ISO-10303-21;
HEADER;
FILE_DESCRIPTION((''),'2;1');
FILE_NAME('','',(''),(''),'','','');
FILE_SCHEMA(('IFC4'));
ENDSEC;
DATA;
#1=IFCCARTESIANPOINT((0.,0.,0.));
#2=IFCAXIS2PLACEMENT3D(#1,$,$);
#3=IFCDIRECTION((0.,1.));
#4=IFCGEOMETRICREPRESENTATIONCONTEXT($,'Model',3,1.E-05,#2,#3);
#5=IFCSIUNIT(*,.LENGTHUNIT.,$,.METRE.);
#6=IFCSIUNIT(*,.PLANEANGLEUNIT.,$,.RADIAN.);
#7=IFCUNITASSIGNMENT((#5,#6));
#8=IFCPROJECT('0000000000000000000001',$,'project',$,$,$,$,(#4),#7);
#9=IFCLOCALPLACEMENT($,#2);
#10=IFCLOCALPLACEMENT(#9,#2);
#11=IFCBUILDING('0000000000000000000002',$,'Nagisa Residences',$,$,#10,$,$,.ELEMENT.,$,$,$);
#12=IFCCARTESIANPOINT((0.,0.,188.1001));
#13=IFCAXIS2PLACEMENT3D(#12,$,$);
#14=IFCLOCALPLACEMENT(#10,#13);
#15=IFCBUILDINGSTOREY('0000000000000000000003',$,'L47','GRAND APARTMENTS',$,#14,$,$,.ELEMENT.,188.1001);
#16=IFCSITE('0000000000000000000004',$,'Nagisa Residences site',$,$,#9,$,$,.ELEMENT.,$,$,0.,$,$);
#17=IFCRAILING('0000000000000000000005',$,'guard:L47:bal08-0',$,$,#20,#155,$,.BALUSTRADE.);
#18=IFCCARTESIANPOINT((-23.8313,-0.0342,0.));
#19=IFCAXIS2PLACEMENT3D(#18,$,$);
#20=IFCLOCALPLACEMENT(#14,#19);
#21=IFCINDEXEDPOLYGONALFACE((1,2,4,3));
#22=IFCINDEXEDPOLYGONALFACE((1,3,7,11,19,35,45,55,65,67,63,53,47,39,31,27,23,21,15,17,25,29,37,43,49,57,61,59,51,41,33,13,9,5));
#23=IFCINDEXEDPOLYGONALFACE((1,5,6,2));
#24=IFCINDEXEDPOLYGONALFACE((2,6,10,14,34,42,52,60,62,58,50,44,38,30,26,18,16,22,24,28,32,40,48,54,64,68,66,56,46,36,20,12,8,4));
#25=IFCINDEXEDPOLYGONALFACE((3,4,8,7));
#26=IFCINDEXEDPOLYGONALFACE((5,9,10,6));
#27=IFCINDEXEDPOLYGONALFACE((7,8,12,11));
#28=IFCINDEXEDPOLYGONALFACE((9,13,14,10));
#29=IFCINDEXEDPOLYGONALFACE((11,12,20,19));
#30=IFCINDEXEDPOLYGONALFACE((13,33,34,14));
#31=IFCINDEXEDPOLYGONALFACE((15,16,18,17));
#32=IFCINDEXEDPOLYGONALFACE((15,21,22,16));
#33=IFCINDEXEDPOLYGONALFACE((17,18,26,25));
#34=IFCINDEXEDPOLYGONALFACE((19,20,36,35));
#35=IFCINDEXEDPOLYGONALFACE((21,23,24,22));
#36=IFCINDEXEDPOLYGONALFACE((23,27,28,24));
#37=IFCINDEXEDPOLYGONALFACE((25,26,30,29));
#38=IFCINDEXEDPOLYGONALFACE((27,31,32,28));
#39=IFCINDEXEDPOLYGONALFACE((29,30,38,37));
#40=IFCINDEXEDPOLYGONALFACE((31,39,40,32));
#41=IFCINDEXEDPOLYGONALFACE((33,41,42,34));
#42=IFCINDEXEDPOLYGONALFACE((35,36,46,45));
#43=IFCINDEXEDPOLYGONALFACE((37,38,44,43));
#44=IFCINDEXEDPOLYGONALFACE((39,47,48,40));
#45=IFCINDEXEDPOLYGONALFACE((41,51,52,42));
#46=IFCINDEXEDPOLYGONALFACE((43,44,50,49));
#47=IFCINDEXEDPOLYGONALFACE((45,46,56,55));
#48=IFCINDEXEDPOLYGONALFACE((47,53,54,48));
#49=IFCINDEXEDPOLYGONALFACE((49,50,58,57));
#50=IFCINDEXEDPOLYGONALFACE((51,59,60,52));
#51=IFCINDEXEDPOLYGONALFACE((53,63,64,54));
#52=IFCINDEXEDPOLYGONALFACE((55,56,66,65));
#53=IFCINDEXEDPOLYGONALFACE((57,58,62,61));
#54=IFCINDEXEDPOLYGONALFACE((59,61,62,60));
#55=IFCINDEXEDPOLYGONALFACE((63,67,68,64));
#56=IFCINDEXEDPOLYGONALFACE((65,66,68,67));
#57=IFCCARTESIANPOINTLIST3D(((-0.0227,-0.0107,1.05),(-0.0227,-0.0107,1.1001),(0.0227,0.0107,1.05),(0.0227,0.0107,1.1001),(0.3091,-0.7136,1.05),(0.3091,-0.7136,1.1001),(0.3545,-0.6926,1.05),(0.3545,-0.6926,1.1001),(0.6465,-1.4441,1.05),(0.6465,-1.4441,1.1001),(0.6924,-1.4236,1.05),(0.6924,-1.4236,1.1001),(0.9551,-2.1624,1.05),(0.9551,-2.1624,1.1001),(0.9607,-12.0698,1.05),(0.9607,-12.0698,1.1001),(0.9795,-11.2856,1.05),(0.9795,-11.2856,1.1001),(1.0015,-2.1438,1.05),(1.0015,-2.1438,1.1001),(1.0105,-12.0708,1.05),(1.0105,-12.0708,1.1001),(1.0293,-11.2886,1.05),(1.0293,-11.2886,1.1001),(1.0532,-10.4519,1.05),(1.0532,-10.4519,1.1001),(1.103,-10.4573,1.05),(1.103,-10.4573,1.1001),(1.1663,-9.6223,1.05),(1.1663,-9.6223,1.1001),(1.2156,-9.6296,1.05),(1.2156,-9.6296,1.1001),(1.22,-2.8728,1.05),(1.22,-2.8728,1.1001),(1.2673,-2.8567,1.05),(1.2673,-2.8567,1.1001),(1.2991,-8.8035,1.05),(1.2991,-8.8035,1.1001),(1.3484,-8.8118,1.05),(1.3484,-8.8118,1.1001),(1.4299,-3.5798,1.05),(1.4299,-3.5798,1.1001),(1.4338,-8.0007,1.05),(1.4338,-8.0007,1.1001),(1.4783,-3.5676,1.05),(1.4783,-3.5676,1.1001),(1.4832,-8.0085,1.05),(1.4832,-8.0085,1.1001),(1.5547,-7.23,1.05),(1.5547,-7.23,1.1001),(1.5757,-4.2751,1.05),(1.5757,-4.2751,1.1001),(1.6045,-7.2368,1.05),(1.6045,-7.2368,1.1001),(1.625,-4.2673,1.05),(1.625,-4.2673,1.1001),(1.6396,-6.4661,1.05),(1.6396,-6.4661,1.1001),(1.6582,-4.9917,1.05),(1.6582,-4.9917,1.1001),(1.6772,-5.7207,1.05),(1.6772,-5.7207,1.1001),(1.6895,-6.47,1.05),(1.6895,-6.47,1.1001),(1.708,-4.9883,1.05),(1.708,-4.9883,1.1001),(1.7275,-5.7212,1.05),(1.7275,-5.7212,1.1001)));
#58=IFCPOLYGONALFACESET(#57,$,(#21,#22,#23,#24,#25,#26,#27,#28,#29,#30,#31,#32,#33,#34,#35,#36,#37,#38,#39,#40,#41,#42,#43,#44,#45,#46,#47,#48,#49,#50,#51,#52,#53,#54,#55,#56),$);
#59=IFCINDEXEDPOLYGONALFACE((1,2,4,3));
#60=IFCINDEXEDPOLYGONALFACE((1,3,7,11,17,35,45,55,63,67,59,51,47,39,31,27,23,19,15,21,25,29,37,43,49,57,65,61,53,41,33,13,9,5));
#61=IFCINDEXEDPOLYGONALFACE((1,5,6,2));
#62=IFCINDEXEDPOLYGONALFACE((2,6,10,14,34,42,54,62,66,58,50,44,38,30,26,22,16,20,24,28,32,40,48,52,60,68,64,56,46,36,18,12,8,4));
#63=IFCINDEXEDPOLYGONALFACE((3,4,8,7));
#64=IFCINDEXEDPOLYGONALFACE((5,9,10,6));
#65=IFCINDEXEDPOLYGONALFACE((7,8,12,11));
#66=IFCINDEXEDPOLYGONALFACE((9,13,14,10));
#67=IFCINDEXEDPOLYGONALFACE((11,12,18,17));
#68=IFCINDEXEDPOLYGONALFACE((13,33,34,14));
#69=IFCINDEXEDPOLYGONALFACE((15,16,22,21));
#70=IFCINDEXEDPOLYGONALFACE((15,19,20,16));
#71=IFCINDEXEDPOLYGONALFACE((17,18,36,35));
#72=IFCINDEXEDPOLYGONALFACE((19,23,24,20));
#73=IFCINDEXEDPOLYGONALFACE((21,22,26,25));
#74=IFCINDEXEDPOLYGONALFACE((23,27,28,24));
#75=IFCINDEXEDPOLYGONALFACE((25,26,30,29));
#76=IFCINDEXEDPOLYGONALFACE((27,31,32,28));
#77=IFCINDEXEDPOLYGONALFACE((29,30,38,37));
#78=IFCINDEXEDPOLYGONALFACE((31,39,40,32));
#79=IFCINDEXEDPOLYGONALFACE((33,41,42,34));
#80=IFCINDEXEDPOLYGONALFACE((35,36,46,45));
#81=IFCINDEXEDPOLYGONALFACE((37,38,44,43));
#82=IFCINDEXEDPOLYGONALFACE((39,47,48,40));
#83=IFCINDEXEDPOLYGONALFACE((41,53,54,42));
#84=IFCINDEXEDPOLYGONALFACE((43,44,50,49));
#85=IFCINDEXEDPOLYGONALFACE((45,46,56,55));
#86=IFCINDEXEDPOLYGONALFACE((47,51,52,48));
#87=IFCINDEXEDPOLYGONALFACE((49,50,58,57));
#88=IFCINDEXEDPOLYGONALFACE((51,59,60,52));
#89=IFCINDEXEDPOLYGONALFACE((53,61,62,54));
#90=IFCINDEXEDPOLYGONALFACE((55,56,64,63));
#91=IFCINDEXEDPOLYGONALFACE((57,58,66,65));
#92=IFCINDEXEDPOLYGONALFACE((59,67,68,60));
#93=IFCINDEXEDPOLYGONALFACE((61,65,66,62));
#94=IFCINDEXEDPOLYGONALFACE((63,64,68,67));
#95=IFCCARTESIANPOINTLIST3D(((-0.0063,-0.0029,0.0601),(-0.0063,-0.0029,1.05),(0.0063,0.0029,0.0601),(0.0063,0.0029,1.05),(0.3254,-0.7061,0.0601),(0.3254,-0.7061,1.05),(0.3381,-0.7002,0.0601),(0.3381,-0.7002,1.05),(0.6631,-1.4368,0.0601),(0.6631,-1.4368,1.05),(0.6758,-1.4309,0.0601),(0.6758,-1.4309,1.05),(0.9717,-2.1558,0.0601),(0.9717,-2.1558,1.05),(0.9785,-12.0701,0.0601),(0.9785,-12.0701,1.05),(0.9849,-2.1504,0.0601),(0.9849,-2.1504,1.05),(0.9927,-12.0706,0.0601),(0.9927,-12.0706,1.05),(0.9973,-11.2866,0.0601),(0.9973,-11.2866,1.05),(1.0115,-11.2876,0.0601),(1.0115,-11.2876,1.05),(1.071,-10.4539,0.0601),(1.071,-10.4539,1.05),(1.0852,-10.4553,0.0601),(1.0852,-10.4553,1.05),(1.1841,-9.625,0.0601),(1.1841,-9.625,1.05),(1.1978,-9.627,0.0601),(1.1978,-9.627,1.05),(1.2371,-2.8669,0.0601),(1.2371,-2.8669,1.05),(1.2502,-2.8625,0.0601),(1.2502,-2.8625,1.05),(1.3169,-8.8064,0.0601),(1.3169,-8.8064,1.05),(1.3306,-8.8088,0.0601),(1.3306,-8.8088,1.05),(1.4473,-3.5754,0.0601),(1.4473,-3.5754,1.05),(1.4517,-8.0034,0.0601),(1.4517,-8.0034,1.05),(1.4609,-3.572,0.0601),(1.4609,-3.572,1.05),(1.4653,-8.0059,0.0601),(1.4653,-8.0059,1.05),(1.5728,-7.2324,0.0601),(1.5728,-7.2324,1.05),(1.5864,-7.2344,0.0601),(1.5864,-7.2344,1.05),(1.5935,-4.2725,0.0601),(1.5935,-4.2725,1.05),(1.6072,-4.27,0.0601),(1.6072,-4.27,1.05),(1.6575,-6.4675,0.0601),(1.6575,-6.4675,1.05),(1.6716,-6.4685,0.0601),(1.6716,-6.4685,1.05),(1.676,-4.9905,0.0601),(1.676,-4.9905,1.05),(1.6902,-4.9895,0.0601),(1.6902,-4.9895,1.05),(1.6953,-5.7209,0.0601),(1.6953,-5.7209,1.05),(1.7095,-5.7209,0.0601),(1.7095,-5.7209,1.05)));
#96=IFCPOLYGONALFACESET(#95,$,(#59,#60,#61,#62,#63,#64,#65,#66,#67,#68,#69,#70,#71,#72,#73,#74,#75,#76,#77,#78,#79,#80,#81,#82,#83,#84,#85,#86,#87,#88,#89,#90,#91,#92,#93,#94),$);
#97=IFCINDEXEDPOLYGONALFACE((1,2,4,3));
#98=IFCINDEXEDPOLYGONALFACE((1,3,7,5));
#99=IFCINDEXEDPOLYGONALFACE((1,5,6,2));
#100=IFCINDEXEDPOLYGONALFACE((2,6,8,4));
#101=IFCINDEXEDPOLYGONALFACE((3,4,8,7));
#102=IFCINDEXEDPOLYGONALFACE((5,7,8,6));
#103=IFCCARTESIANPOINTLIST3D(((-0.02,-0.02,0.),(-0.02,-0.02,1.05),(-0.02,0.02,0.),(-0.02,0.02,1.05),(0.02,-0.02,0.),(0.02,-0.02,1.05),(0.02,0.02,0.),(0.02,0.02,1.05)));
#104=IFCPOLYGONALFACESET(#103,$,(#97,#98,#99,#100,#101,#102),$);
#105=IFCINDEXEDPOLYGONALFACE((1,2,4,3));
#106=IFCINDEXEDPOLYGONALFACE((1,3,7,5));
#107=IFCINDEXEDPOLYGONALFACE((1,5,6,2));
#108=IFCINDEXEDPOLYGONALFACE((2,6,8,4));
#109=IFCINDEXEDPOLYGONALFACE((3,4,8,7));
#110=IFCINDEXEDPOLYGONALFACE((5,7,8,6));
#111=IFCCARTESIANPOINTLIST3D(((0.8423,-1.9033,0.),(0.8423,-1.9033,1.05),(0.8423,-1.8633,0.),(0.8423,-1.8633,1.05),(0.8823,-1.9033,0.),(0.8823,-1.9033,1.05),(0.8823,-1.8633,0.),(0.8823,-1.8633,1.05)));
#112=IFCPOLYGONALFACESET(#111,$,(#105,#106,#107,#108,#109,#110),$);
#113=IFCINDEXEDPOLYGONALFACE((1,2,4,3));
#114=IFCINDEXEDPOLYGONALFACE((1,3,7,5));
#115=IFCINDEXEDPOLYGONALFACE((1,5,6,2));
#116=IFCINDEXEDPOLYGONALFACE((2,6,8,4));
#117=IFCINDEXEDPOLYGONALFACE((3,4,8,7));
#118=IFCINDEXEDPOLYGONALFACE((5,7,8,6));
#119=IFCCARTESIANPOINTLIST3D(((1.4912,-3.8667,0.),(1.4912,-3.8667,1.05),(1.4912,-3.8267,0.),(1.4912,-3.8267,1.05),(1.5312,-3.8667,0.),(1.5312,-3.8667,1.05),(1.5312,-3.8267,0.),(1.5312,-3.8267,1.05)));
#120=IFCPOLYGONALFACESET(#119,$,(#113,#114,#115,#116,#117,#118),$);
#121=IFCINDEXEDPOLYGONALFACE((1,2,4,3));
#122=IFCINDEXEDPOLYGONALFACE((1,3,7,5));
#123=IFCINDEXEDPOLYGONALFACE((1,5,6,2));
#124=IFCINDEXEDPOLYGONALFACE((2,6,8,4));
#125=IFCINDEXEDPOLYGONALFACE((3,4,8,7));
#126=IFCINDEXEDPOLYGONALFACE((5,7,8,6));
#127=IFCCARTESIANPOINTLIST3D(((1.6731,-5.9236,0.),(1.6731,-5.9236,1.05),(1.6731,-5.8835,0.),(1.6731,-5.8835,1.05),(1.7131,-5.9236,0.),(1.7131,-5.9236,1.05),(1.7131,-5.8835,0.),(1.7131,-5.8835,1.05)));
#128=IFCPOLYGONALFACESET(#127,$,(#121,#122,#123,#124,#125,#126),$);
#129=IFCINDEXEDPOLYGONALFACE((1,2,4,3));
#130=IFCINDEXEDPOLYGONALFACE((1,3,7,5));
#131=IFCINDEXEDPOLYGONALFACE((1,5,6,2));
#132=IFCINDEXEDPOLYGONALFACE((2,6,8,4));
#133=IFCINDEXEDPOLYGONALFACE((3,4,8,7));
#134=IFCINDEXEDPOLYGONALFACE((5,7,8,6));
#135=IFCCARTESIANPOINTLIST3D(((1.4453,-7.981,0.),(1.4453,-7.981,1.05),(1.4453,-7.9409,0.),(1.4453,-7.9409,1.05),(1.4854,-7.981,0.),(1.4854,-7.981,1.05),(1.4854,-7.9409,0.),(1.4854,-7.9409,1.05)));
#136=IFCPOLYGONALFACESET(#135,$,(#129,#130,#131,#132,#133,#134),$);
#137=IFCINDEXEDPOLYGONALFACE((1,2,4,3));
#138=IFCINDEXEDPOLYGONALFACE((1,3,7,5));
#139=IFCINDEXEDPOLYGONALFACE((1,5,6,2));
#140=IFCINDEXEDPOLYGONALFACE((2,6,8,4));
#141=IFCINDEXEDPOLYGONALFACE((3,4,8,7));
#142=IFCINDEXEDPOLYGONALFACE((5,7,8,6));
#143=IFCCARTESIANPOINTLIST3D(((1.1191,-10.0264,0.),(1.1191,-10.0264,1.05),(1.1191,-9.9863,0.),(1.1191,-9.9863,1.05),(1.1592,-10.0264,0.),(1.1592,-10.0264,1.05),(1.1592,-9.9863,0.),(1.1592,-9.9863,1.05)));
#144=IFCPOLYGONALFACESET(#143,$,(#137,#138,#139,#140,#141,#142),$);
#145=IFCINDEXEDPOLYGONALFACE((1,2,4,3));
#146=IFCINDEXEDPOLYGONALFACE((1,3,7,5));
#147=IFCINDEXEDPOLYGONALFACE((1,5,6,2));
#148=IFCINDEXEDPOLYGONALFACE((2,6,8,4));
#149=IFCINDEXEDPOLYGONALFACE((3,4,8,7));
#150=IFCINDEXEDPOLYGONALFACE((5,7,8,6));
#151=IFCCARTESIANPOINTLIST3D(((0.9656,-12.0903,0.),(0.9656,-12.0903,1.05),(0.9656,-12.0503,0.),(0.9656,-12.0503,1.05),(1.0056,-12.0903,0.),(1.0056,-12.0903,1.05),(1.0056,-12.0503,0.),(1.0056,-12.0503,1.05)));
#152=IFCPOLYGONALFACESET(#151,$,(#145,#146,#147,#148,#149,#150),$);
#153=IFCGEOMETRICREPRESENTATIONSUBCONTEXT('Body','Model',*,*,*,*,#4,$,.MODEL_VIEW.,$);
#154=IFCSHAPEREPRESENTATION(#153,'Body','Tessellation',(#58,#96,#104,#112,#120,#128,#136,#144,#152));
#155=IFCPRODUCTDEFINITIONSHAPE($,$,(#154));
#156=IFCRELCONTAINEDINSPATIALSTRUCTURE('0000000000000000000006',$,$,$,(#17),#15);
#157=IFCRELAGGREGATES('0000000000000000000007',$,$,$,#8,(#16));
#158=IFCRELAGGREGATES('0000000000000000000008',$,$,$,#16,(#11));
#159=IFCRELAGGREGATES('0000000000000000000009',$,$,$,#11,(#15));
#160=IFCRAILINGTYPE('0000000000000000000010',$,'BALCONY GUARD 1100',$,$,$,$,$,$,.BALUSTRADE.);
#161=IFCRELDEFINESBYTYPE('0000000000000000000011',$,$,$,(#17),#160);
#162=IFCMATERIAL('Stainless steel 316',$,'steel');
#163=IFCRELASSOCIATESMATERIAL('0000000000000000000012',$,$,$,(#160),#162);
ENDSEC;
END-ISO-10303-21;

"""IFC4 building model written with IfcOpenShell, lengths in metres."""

from ifc_helpers import new_model, si_unit, direction, frame, origin, origin_2d, place, context, subcontext, project, spatial, polyline, rectangle, outline, extrude, material, type_object, element, save


model = new_model("IFC4")

# Units and contexts
model_context = context("Model", 3, precision=1e-05, world=origin(), true_north=direction((0.0, 1.0)))
body_context = subcontext(model_context, "Body", "Model", "MODEL_VIEW")
ifc_project = project(units=[si_unit("LENGTHUNIT", "METRE"), si_unit("PLANEANGLEUNIT", "RADIAN")], contexts=[model_context])

# Site, building, storey
site_placement = place(None, origin())
site = spatial("IfcSite", under=ifc_project, at=site_placement, Name="Nagisa Residences site", CompositionType="ELEMENT", RefElevation=0.0)
building_placement = place(site_placement, origin())
building = spatial("IfcBuilding", under=site, at=building_placement, Name="Nagisa Residences", CompositionType="ELEMENT")
storey_placement = place(building_placement, frame((0.0, 0.0, 188.1001)))
storey = spatial("IfcBuildingStorey", under=building, at=storey_placement, Name="L47", Description="GRAND APARTMENTS", CompositionType="ELEMENT", Elevation=188.1001)

# Railing
ifc_material_1 = material(Name="Stainless steel 316", Category="steel")
railing_type = type_object("IfcRailingType", Name="BALCONY GUARD 1100", PredefinedType="BALUSTRADE", material=ifc_material_1)
railing_placement = place(storey_placement, frame((-23.8313, -0.0342, 0.0)))
element("IfcRailing", 1, at=railing_placement, inside=storey, type_object=railing_type, Name="guard:L47:bal08-0", PredefinedType="BALUSTRADE", context=body_context, shape_type="SweptSolid", body=[
    extrude(outline(polyline([(0.3545, -0.6926), (0.0227, 0.0107), (-0.0227, -0.0107), (0.3091, -0.7136), (0.6465, -1.4441), (0.9551, -2.1624), (1.22, -2.8728), (1.4299, -3.5798), (1.5757, -4.2751), (1.6582, -4.9917), (1.6772, -5.7207), (1.6396, -6.4661), (1.5547, -7.23), (1.4338, -8.0007), (1.2991, -8.8035), (1.1663, -9.6223), (1.0532, -10.4519), (0.9795, -11.2856), (0.9607, -12.0698), (1.0105, -12.0708), (1.0293, -11.2886), (1.103, -10.4573), (1.2156, -9.6296), (1.3484, -8.8118), (1.4832, -8.0085), (1.6045, -7.2368), (1.6895, -6.47), (1.7275, -5.7212), (1.708, -4.9883), (1.625, -4.2673), (1.4783, -3.5676), (1.2673, -2.8567), (1.0015, -2.1438), (0.6924, -1.4236), (0.3545, -0.6926)])), frame((0.0, 0.0, 1.05)), (0.0, 0.0, 1.0), 0.05),
    extrude(outline(polyline([(0.3381, -0.7002), (0.0063, 0.0029), (-0.0063, -0.0029), (0.3254, -0.7061), (0.6631, -1.4368), (0.9717, -2.1558), (1.2371, -2.8669), (1.4473, -3.5754), (1.5935, -4.2725), (1.676, -4.9905), (1.6953, -5.7209), (1.6575, -6.4675), (1.5728, -7.2324), (1.4517, -8.0034), (1.3169, -8.8064), (1.1841, -9.625), (1.071, -10.4539), (0.9973, -11.2866), (0.9785, -12.0701), (0.9927, -12.0706), (1.0115, -11.2876), (1.0852, -10.4553), (1.1978, -9.627), (1.3306, -8.8088), (1.4653, -8.0059), (1.5864, -7.2344), (1.6716, -6.4685), (1.7095, -5.7209), (1.6902, -4.9895), (1.6072, -4.27), (1.4609, -3.572), (1.2502, -2.8625), (0.9849, -2.1504), (0.6758, -1.4309), (0.3381, -0.7002)])), frame((0.0, 0.0, 0.0601)), (0.0, 0.0, 1.0), 0.99),
    extrude(rectangle(XDim=0.04, YDim=0.04, at=origin_2d()), origin(), (0.0, 0.0, 1.0), 1.05),
    extrude(rectangle(XDim=0.04, YDim=0.04, at=origin_2d()), frame((0.8623, -1.8833, 0.0)), (0.0, 0.0, 1.0), 1.05),
    extrude(rectangle(XDim=0.04, YDim=0.04, at=origin_2d()), frame((1.5112, -3.8467, 0.0)), (0.0, 0.0, 1.0), 1.05),
    extrude(rectangle(XDim=0.04, YDim=0.04, at=origin_2d()), frame((1.6931, -5.9036, 0.0)), (0.0, 0.0, 1.0), 1.05),
    extrude(rectangle(XDim=0.04, YDim=0.04, at=origin_2d()), frame((1.4653, -7.9609, 0.0)), (0.0, 0.0, 1.0), 1.05),
    extrude(rectangle(XDim=0.04, YDim=0.04, at=origin_2d()), frame((1.1392, -10.0063, 0.0)), (0.0, 0.0, 1.0), 1.05),
    extrude(rectangle(XDim=0.04, YDim=0.04, at=origin_2d()), frame((0.9856, -12.0703, 0.0)), (0.0, 0.0, 1.0), 1.05),
])

save(model, "model.ifc")
